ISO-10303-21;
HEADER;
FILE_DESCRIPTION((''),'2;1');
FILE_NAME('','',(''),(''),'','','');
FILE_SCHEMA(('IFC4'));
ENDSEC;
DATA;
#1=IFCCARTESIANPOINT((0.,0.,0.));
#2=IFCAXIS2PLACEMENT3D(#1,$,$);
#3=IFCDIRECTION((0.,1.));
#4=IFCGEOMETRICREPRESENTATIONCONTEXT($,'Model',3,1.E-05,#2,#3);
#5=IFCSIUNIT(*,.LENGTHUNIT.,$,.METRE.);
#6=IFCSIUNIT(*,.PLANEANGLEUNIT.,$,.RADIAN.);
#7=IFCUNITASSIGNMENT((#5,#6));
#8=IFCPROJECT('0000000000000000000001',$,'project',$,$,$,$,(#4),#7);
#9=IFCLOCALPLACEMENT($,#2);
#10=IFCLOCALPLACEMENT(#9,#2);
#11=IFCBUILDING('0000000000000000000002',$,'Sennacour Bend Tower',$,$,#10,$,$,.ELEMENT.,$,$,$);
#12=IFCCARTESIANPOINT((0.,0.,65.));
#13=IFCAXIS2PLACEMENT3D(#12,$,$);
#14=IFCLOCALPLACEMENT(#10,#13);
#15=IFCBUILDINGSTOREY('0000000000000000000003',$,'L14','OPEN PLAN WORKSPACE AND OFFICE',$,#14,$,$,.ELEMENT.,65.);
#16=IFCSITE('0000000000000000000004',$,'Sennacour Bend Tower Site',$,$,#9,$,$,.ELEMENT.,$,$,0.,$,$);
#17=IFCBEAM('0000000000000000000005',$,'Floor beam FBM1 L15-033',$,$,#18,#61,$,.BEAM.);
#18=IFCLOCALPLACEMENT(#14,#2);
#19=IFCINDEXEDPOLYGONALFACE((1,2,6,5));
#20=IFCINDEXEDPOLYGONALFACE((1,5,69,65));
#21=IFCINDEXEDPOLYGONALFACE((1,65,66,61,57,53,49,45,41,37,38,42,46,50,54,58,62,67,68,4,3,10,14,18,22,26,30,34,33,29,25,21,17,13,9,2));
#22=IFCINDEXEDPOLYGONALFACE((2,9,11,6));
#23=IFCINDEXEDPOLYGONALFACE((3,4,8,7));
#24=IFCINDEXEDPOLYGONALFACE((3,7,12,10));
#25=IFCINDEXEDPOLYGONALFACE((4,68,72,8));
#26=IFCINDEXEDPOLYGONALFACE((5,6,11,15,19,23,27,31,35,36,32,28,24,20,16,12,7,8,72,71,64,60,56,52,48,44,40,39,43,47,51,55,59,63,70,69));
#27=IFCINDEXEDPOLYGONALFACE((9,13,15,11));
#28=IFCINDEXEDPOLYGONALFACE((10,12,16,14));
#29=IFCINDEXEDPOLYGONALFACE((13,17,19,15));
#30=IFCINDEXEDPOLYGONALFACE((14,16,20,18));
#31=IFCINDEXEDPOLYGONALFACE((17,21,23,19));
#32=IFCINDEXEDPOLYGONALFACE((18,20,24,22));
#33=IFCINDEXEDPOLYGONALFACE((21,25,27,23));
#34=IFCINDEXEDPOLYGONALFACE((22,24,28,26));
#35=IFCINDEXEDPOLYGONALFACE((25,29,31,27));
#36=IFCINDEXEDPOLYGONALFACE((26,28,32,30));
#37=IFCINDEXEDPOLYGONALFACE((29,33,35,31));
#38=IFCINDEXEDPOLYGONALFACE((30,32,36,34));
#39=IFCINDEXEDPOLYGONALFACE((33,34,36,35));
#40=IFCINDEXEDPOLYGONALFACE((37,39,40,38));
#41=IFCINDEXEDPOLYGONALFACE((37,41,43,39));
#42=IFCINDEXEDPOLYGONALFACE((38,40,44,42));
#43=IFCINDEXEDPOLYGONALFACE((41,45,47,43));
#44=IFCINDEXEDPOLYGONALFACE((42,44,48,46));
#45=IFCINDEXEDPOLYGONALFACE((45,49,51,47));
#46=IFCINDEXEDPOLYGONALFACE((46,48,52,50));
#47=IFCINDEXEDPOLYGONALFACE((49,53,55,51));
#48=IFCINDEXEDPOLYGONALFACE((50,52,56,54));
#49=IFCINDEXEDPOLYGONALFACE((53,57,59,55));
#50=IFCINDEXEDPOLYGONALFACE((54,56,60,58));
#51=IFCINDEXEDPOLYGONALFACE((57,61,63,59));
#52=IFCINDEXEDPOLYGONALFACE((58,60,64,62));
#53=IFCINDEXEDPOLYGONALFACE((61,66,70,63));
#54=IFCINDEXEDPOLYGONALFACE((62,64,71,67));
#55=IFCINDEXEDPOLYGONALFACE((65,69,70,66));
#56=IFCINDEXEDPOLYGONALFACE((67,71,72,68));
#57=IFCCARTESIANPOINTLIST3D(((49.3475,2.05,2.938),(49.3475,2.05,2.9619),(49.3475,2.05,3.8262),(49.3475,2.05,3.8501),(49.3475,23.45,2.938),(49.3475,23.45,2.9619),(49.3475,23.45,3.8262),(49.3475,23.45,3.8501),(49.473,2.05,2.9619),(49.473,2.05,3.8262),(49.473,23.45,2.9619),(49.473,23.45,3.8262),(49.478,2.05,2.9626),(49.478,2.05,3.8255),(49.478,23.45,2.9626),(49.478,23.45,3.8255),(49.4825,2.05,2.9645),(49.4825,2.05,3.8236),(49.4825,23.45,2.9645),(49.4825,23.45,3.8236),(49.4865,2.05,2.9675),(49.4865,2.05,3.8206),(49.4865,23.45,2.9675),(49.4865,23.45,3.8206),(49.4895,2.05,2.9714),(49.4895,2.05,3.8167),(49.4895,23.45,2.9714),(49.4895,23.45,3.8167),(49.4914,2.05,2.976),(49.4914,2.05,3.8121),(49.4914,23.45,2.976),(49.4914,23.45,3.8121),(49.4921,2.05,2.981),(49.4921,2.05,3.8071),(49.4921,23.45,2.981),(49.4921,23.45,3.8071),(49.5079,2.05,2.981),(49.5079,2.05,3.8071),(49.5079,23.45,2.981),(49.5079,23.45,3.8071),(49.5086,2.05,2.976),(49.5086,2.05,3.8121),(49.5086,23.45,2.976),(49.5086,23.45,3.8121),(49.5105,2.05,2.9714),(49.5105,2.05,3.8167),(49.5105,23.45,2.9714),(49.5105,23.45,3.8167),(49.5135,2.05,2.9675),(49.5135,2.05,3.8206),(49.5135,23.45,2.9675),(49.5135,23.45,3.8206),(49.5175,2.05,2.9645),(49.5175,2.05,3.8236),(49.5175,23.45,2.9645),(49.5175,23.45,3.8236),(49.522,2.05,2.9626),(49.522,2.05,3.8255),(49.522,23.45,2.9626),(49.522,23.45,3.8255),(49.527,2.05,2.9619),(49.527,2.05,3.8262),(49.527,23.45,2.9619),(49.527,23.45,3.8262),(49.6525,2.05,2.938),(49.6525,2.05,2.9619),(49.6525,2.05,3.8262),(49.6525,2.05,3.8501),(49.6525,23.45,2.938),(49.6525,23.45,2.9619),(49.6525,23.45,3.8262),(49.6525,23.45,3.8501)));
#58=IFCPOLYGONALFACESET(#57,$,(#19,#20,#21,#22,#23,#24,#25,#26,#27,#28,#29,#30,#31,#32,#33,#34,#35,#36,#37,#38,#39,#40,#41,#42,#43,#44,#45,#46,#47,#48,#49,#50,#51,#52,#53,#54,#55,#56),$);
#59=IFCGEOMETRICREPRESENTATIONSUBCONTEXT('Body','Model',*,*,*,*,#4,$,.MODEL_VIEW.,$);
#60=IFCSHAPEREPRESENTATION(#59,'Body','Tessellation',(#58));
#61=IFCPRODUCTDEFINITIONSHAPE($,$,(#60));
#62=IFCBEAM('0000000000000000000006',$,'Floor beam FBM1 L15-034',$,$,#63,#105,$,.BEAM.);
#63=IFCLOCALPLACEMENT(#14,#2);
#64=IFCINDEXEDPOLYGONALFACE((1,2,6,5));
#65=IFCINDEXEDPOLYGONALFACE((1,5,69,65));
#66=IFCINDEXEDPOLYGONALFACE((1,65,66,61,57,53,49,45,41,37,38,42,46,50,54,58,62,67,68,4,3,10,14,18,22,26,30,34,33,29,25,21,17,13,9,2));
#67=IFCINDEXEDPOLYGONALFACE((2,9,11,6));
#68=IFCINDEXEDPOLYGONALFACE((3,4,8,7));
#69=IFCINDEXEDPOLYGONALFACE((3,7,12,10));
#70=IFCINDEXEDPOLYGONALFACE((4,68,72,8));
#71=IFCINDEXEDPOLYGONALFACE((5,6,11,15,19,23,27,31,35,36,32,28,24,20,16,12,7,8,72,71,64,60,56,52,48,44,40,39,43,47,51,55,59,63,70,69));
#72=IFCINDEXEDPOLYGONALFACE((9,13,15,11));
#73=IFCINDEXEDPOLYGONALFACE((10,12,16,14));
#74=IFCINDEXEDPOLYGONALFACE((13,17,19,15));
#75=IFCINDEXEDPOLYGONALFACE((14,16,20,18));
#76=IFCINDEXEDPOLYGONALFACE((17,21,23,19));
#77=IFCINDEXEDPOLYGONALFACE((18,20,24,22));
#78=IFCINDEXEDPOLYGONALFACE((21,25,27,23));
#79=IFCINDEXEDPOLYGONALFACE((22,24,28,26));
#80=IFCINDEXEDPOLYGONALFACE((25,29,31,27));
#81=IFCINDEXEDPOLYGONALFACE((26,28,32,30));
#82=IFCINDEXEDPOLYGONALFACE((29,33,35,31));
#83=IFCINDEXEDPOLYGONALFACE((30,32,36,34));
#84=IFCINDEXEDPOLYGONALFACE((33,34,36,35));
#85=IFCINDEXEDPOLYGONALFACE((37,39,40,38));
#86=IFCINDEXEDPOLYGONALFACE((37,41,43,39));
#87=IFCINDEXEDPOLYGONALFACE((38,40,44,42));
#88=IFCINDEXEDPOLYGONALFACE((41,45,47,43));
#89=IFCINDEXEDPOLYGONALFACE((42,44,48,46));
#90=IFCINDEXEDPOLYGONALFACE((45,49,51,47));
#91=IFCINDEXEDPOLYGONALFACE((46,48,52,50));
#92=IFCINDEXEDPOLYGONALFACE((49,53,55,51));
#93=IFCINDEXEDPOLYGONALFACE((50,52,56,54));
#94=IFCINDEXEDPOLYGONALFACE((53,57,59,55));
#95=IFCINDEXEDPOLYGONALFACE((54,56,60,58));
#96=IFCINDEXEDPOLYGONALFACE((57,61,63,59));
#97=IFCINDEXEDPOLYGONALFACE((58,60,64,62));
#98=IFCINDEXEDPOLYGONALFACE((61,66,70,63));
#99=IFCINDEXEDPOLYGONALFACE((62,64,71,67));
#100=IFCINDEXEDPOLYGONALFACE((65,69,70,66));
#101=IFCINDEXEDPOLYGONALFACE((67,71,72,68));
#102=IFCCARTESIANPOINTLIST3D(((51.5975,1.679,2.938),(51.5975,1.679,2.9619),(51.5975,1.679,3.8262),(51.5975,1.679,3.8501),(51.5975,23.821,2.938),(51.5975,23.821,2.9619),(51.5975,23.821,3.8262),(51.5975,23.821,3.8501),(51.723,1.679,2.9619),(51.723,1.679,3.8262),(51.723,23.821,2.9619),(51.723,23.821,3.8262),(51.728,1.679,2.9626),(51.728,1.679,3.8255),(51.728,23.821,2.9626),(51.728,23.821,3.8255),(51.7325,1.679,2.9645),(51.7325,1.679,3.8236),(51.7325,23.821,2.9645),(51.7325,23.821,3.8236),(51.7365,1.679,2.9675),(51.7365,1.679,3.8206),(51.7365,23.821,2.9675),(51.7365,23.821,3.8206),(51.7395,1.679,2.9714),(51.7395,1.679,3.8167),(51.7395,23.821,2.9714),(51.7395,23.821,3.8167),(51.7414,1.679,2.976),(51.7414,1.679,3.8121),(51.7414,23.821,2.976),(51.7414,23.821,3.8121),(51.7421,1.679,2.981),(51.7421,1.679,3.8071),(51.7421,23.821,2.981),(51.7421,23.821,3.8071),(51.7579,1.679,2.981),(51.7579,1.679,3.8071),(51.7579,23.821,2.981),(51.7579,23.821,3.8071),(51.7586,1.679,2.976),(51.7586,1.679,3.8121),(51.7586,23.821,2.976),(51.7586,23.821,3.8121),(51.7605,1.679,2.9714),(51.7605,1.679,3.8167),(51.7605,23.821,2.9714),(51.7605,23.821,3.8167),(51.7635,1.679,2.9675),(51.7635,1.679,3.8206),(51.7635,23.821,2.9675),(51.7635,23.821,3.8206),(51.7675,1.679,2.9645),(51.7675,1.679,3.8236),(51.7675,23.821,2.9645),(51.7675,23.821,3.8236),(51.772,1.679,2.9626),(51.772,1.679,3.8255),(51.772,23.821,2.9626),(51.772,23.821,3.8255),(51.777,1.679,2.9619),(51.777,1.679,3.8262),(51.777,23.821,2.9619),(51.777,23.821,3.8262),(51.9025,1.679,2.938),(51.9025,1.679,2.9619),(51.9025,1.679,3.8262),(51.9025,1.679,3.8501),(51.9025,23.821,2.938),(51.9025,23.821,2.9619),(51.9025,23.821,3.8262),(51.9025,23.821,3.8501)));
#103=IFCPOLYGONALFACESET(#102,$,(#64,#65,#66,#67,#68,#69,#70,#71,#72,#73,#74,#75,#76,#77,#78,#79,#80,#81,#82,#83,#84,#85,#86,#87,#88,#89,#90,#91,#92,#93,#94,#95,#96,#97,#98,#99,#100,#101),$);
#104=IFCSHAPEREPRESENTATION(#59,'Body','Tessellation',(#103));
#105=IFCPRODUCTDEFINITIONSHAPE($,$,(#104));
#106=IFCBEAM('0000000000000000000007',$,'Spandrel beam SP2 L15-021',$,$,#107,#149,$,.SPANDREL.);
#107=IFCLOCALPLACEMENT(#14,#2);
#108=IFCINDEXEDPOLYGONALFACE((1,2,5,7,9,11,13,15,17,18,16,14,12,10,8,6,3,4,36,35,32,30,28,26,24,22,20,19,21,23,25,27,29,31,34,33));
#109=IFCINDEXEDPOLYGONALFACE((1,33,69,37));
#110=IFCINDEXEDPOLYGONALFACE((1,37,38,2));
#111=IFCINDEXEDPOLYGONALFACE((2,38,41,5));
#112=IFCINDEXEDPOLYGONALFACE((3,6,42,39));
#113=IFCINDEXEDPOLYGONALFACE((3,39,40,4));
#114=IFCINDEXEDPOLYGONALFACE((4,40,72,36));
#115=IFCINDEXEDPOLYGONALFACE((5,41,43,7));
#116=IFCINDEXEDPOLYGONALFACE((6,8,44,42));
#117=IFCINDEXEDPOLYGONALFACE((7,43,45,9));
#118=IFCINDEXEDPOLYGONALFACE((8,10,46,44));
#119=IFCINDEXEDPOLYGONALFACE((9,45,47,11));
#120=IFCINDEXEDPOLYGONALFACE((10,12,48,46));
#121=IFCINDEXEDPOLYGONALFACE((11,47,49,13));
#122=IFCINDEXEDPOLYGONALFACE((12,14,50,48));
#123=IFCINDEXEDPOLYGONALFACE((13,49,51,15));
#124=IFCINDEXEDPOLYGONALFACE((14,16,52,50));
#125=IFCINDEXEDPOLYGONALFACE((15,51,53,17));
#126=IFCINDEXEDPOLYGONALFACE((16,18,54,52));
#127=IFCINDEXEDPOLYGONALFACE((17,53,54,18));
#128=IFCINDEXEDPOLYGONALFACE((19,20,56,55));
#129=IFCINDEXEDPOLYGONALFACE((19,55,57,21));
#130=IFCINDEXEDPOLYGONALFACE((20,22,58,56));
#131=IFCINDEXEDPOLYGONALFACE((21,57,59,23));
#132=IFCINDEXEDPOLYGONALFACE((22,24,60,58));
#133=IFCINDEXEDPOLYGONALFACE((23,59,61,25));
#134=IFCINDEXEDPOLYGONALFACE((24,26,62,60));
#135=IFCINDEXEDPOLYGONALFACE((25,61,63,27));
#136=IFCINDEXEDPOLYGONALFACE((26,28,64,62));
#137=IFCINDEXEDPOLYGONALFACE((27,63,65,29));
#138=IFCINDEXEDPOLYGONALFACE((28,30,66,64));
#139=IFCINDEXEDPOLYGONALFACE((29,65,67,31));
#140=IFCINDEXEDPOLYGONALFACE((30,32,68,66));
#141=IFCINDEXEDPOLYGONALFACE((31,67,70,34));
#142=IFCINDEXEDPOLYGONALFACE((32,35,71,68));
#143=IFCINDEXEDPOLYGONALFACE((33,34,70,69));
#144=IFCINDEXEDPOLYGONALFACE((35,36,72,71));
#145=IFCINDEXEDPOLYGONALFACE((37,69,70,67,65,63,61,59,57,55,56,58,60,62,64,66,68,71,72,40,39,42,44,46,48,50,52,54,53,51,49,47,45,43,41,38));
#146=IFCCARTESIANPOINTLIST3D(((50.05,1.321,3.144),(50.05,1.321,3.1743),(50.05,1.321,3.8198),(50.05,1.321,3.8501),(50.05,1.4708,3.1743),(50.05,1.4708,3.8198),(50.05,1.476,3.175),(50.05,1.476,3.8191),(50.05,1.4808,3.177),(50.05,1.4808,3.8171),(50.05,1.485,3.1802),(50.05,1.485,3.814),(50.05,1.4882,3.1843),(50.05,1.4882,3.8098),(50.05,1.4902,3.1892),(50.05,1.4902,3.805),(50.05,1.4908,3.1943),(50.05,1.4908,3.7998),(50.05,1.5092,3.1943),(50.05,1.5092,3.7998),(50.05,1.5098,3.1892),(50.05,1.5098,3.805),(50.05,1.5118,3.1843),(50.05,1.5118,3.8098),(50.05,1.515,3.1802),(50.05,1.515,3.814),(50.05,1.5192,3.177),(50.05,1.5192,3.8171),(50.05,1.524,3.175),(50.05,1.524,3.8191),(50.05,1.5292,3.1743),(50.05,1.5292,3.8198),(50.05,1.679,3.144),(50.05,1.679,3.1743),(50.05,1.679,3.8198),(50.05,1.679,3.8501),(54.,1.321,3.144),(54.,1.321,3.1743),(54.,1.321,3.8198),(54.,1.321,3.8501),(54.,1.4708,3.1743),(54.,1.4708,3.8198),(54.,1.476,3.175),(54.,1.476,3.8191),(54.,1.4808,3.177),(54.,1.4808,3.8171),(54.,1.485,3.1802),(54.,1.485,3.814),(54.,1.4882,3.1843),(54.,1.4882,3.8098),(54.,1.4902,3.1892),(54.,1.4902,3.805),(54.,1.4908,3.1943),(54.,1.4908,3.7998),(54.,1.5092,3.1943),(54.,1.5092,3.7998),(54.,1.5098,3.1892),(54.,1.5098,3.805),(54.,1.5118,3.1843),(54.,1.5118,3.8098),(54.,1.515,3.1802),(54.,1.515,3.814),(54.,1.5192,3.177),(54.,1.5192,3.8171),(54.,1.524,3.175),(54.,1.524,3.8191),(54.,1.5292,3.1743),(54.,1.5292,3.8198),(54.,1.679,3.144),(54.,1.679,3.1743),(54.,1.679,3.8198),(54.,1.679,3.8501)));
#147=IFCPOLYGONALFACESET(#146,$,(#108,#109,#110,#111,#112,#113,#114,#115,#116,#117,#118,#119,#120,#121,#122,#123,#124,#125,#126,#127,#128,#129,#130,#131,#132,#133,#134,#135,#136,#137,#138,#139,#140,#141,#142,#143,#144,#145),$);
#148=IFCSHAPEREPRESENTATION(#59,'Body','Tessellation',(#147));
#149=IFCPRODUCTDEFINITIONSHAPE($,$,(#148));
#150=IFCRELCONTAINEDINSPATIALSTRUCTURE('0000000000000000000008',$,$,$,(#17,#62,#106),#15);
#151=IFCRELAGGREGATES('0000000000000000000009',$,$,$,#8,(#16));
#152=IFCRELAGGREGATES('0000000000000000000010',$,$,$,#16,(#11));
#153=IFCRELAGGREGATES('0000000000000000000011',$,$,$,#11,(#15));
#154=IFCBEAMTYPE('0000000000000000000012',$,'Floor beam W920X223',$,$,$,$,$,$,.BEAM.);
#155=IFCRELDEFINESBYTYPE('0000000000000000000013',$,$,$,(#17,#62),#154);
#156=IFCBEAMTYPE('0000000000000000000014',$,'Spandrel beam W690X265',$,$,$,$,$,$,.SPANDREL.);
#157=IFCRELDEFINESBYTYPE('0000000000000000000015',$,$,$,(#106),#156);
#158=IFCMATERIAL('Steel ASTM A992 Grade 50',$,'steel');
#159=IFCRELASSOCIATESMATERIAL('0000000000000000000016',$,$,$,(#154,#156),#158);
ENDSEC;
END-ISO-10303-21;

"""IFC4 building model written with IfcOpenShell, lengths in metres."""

from ifc_helpers import new_model, si_unit, direction, frame, origin, origin_2d, place, context, subcontext, project, spatial, i_section, extrude, material, material_profile, profile_set, type_object, element, save


model = new_model("IFC4")

# Units and contexts
model_context = context("Model", 3, precision=1e-05, world=origin(), true_north=direction((0.0, 1.0)))
body_context = subcontext(model_context, "Body", "Model", "MODEL_VIEW")
ifc_project = project(units=[si_unit("LENGTHUNIT", "METRE"), si_unit("PLANEANGLEUNIT", "RADIAN")], contexts=[model_context])

# Site, building, storey
site_placement = place(None, origin())
site = spatial("IfcSite", under=ifc_project, at=site_placement, Name="Sennacour Bend Tower Site", CompositionType="ELEMENT", RefElevation=0.0)
building_placement = place(site_placement, origin())
building = spatial("IfcBuilding", under=site, at=building_placement, Name="Sennacour Bend Tower", CompositionType="ELEMENT")
storey_placement = place(building_placement, frame((0.0, 0.0, 65.0)))
storey = spatial("IfcBuildingStorey", under=building, at=storey_placement, Name="L14", Description="OPEN PLAN WORKSPACE AND OFFICE", CompositionType="ELEMENT", Elevation=65.0)

# Beams
ifc_material_1 = material(Name="Steel ASTM A992 Grade 50", Category="steel")
ifc_material_profile_1 = material_profile(ifc_material_1, i_section(OverallWidth=0.3049, OverallDepth=0.9121, WebThickness=0.0159, FlangeThickness=0.0239, FilletRadius=0.019, at=origin_2d()), Name="Steel ASTM A992 Grade 50", Category="steel")
ifc_profile_set_1 = profile_set([ifc_material_profile_1], Name="Steel ASTM A992 Grade 50")
beam_type_1 = type_object("IfcBeamType", Name="Floor beam W920X223", PredefinedType="BEAM", material=ifc_profile_set_1)
beam_1_placement = place(storey_placement, frame((49.5, 2.05, 3.394), z_axis=(0.0, 1.0, 0.0), x_axis=(-1.0, 0.0, 0.0)))
element("IfcBeam", 1, at=beam_1_placement, inside=storey, type_object=beam_type_1, Name="Floor beam FBM1 L15-033", PredefinedType="BEAM", context=body_context, shape_type="SweptSolid", body=[
    extrude(i_section(OverallWidth=0.3049, OverallDepth=0.9121, WebThickness=0.0159, FlangeThickness=0.0239, FilletRadius=0.019, at=origin_2d()), origin(), (0.0, 0.0, 1.0), 21.3999),
])
beam_2_placement = place(storey_placement, frame((51.75, 1.679, 3.394), z_axis=(0.0, 1.0, 0.0), x_axis=(-1.0, 0.0, 0.0)))
element("IfcBeam", 2, at=beam_2_placement, inside=storey, type_object=beam_type_1, Name="Floor beam FBM1 L15-034", PredefinedType="BEAM", context=body_context, shape_type="SweptSolid", body=[
    extrude(i_section(OverallWidth=0.3049, OverallDepth=0.9121, WebThickness=0.0159, FlangeThickness=0.0239, FilletRadius=0.019, at=origin_2d()), origin(), (0.0, 0.0, 1.0), 22.1421),
])
ifc_material_profile_2 = material_profile(ifc_material_1, i_section(OverallWidth=0.3579, OverallDepth=0.7061, WebThickness=0.0183, FlangeThickness=0.0303, FilletRadius=0.02, at=origin_2d()), Name="Steel ASTM A992 Grade 50", Category="steel")
ifc_profile_set_2 = profile_set([ifc_material_profile_2], Name="Steel ASTM A992 Grade 50")
beam_type_2 = type_object("IfcBeamType", Name="Spandrel beam W690X265", PredefinedType="SPANDREL", material=ifc_profile_set_2)
beam_3_placement = place(storey_placement, frame((54.0, 1.5, 3.4971), z_axis=(-1.0, 0.0, 0.0), x_axis=(0.0, -1.0, 0.0)))
element("IfcBeam", 3, at=beam_3_placement, inside=storey, type_object=beam_type_2, Name="Spandrel beam SP2 L15-021", PredefinedType="SPANDREL", context=body_context, shape_type="SweptSolid", body=[
    extrude(i_section(OverallWidth=0.3579, OverallDepth=0.7061, WebThickness=0.0183, FlangeThickness=0.0303, FilletRadius=0.02, at=origin_2d()), origin(), (0.0, 0.0, 1.0), 3.95),
])

save(model, "model.ifc")
